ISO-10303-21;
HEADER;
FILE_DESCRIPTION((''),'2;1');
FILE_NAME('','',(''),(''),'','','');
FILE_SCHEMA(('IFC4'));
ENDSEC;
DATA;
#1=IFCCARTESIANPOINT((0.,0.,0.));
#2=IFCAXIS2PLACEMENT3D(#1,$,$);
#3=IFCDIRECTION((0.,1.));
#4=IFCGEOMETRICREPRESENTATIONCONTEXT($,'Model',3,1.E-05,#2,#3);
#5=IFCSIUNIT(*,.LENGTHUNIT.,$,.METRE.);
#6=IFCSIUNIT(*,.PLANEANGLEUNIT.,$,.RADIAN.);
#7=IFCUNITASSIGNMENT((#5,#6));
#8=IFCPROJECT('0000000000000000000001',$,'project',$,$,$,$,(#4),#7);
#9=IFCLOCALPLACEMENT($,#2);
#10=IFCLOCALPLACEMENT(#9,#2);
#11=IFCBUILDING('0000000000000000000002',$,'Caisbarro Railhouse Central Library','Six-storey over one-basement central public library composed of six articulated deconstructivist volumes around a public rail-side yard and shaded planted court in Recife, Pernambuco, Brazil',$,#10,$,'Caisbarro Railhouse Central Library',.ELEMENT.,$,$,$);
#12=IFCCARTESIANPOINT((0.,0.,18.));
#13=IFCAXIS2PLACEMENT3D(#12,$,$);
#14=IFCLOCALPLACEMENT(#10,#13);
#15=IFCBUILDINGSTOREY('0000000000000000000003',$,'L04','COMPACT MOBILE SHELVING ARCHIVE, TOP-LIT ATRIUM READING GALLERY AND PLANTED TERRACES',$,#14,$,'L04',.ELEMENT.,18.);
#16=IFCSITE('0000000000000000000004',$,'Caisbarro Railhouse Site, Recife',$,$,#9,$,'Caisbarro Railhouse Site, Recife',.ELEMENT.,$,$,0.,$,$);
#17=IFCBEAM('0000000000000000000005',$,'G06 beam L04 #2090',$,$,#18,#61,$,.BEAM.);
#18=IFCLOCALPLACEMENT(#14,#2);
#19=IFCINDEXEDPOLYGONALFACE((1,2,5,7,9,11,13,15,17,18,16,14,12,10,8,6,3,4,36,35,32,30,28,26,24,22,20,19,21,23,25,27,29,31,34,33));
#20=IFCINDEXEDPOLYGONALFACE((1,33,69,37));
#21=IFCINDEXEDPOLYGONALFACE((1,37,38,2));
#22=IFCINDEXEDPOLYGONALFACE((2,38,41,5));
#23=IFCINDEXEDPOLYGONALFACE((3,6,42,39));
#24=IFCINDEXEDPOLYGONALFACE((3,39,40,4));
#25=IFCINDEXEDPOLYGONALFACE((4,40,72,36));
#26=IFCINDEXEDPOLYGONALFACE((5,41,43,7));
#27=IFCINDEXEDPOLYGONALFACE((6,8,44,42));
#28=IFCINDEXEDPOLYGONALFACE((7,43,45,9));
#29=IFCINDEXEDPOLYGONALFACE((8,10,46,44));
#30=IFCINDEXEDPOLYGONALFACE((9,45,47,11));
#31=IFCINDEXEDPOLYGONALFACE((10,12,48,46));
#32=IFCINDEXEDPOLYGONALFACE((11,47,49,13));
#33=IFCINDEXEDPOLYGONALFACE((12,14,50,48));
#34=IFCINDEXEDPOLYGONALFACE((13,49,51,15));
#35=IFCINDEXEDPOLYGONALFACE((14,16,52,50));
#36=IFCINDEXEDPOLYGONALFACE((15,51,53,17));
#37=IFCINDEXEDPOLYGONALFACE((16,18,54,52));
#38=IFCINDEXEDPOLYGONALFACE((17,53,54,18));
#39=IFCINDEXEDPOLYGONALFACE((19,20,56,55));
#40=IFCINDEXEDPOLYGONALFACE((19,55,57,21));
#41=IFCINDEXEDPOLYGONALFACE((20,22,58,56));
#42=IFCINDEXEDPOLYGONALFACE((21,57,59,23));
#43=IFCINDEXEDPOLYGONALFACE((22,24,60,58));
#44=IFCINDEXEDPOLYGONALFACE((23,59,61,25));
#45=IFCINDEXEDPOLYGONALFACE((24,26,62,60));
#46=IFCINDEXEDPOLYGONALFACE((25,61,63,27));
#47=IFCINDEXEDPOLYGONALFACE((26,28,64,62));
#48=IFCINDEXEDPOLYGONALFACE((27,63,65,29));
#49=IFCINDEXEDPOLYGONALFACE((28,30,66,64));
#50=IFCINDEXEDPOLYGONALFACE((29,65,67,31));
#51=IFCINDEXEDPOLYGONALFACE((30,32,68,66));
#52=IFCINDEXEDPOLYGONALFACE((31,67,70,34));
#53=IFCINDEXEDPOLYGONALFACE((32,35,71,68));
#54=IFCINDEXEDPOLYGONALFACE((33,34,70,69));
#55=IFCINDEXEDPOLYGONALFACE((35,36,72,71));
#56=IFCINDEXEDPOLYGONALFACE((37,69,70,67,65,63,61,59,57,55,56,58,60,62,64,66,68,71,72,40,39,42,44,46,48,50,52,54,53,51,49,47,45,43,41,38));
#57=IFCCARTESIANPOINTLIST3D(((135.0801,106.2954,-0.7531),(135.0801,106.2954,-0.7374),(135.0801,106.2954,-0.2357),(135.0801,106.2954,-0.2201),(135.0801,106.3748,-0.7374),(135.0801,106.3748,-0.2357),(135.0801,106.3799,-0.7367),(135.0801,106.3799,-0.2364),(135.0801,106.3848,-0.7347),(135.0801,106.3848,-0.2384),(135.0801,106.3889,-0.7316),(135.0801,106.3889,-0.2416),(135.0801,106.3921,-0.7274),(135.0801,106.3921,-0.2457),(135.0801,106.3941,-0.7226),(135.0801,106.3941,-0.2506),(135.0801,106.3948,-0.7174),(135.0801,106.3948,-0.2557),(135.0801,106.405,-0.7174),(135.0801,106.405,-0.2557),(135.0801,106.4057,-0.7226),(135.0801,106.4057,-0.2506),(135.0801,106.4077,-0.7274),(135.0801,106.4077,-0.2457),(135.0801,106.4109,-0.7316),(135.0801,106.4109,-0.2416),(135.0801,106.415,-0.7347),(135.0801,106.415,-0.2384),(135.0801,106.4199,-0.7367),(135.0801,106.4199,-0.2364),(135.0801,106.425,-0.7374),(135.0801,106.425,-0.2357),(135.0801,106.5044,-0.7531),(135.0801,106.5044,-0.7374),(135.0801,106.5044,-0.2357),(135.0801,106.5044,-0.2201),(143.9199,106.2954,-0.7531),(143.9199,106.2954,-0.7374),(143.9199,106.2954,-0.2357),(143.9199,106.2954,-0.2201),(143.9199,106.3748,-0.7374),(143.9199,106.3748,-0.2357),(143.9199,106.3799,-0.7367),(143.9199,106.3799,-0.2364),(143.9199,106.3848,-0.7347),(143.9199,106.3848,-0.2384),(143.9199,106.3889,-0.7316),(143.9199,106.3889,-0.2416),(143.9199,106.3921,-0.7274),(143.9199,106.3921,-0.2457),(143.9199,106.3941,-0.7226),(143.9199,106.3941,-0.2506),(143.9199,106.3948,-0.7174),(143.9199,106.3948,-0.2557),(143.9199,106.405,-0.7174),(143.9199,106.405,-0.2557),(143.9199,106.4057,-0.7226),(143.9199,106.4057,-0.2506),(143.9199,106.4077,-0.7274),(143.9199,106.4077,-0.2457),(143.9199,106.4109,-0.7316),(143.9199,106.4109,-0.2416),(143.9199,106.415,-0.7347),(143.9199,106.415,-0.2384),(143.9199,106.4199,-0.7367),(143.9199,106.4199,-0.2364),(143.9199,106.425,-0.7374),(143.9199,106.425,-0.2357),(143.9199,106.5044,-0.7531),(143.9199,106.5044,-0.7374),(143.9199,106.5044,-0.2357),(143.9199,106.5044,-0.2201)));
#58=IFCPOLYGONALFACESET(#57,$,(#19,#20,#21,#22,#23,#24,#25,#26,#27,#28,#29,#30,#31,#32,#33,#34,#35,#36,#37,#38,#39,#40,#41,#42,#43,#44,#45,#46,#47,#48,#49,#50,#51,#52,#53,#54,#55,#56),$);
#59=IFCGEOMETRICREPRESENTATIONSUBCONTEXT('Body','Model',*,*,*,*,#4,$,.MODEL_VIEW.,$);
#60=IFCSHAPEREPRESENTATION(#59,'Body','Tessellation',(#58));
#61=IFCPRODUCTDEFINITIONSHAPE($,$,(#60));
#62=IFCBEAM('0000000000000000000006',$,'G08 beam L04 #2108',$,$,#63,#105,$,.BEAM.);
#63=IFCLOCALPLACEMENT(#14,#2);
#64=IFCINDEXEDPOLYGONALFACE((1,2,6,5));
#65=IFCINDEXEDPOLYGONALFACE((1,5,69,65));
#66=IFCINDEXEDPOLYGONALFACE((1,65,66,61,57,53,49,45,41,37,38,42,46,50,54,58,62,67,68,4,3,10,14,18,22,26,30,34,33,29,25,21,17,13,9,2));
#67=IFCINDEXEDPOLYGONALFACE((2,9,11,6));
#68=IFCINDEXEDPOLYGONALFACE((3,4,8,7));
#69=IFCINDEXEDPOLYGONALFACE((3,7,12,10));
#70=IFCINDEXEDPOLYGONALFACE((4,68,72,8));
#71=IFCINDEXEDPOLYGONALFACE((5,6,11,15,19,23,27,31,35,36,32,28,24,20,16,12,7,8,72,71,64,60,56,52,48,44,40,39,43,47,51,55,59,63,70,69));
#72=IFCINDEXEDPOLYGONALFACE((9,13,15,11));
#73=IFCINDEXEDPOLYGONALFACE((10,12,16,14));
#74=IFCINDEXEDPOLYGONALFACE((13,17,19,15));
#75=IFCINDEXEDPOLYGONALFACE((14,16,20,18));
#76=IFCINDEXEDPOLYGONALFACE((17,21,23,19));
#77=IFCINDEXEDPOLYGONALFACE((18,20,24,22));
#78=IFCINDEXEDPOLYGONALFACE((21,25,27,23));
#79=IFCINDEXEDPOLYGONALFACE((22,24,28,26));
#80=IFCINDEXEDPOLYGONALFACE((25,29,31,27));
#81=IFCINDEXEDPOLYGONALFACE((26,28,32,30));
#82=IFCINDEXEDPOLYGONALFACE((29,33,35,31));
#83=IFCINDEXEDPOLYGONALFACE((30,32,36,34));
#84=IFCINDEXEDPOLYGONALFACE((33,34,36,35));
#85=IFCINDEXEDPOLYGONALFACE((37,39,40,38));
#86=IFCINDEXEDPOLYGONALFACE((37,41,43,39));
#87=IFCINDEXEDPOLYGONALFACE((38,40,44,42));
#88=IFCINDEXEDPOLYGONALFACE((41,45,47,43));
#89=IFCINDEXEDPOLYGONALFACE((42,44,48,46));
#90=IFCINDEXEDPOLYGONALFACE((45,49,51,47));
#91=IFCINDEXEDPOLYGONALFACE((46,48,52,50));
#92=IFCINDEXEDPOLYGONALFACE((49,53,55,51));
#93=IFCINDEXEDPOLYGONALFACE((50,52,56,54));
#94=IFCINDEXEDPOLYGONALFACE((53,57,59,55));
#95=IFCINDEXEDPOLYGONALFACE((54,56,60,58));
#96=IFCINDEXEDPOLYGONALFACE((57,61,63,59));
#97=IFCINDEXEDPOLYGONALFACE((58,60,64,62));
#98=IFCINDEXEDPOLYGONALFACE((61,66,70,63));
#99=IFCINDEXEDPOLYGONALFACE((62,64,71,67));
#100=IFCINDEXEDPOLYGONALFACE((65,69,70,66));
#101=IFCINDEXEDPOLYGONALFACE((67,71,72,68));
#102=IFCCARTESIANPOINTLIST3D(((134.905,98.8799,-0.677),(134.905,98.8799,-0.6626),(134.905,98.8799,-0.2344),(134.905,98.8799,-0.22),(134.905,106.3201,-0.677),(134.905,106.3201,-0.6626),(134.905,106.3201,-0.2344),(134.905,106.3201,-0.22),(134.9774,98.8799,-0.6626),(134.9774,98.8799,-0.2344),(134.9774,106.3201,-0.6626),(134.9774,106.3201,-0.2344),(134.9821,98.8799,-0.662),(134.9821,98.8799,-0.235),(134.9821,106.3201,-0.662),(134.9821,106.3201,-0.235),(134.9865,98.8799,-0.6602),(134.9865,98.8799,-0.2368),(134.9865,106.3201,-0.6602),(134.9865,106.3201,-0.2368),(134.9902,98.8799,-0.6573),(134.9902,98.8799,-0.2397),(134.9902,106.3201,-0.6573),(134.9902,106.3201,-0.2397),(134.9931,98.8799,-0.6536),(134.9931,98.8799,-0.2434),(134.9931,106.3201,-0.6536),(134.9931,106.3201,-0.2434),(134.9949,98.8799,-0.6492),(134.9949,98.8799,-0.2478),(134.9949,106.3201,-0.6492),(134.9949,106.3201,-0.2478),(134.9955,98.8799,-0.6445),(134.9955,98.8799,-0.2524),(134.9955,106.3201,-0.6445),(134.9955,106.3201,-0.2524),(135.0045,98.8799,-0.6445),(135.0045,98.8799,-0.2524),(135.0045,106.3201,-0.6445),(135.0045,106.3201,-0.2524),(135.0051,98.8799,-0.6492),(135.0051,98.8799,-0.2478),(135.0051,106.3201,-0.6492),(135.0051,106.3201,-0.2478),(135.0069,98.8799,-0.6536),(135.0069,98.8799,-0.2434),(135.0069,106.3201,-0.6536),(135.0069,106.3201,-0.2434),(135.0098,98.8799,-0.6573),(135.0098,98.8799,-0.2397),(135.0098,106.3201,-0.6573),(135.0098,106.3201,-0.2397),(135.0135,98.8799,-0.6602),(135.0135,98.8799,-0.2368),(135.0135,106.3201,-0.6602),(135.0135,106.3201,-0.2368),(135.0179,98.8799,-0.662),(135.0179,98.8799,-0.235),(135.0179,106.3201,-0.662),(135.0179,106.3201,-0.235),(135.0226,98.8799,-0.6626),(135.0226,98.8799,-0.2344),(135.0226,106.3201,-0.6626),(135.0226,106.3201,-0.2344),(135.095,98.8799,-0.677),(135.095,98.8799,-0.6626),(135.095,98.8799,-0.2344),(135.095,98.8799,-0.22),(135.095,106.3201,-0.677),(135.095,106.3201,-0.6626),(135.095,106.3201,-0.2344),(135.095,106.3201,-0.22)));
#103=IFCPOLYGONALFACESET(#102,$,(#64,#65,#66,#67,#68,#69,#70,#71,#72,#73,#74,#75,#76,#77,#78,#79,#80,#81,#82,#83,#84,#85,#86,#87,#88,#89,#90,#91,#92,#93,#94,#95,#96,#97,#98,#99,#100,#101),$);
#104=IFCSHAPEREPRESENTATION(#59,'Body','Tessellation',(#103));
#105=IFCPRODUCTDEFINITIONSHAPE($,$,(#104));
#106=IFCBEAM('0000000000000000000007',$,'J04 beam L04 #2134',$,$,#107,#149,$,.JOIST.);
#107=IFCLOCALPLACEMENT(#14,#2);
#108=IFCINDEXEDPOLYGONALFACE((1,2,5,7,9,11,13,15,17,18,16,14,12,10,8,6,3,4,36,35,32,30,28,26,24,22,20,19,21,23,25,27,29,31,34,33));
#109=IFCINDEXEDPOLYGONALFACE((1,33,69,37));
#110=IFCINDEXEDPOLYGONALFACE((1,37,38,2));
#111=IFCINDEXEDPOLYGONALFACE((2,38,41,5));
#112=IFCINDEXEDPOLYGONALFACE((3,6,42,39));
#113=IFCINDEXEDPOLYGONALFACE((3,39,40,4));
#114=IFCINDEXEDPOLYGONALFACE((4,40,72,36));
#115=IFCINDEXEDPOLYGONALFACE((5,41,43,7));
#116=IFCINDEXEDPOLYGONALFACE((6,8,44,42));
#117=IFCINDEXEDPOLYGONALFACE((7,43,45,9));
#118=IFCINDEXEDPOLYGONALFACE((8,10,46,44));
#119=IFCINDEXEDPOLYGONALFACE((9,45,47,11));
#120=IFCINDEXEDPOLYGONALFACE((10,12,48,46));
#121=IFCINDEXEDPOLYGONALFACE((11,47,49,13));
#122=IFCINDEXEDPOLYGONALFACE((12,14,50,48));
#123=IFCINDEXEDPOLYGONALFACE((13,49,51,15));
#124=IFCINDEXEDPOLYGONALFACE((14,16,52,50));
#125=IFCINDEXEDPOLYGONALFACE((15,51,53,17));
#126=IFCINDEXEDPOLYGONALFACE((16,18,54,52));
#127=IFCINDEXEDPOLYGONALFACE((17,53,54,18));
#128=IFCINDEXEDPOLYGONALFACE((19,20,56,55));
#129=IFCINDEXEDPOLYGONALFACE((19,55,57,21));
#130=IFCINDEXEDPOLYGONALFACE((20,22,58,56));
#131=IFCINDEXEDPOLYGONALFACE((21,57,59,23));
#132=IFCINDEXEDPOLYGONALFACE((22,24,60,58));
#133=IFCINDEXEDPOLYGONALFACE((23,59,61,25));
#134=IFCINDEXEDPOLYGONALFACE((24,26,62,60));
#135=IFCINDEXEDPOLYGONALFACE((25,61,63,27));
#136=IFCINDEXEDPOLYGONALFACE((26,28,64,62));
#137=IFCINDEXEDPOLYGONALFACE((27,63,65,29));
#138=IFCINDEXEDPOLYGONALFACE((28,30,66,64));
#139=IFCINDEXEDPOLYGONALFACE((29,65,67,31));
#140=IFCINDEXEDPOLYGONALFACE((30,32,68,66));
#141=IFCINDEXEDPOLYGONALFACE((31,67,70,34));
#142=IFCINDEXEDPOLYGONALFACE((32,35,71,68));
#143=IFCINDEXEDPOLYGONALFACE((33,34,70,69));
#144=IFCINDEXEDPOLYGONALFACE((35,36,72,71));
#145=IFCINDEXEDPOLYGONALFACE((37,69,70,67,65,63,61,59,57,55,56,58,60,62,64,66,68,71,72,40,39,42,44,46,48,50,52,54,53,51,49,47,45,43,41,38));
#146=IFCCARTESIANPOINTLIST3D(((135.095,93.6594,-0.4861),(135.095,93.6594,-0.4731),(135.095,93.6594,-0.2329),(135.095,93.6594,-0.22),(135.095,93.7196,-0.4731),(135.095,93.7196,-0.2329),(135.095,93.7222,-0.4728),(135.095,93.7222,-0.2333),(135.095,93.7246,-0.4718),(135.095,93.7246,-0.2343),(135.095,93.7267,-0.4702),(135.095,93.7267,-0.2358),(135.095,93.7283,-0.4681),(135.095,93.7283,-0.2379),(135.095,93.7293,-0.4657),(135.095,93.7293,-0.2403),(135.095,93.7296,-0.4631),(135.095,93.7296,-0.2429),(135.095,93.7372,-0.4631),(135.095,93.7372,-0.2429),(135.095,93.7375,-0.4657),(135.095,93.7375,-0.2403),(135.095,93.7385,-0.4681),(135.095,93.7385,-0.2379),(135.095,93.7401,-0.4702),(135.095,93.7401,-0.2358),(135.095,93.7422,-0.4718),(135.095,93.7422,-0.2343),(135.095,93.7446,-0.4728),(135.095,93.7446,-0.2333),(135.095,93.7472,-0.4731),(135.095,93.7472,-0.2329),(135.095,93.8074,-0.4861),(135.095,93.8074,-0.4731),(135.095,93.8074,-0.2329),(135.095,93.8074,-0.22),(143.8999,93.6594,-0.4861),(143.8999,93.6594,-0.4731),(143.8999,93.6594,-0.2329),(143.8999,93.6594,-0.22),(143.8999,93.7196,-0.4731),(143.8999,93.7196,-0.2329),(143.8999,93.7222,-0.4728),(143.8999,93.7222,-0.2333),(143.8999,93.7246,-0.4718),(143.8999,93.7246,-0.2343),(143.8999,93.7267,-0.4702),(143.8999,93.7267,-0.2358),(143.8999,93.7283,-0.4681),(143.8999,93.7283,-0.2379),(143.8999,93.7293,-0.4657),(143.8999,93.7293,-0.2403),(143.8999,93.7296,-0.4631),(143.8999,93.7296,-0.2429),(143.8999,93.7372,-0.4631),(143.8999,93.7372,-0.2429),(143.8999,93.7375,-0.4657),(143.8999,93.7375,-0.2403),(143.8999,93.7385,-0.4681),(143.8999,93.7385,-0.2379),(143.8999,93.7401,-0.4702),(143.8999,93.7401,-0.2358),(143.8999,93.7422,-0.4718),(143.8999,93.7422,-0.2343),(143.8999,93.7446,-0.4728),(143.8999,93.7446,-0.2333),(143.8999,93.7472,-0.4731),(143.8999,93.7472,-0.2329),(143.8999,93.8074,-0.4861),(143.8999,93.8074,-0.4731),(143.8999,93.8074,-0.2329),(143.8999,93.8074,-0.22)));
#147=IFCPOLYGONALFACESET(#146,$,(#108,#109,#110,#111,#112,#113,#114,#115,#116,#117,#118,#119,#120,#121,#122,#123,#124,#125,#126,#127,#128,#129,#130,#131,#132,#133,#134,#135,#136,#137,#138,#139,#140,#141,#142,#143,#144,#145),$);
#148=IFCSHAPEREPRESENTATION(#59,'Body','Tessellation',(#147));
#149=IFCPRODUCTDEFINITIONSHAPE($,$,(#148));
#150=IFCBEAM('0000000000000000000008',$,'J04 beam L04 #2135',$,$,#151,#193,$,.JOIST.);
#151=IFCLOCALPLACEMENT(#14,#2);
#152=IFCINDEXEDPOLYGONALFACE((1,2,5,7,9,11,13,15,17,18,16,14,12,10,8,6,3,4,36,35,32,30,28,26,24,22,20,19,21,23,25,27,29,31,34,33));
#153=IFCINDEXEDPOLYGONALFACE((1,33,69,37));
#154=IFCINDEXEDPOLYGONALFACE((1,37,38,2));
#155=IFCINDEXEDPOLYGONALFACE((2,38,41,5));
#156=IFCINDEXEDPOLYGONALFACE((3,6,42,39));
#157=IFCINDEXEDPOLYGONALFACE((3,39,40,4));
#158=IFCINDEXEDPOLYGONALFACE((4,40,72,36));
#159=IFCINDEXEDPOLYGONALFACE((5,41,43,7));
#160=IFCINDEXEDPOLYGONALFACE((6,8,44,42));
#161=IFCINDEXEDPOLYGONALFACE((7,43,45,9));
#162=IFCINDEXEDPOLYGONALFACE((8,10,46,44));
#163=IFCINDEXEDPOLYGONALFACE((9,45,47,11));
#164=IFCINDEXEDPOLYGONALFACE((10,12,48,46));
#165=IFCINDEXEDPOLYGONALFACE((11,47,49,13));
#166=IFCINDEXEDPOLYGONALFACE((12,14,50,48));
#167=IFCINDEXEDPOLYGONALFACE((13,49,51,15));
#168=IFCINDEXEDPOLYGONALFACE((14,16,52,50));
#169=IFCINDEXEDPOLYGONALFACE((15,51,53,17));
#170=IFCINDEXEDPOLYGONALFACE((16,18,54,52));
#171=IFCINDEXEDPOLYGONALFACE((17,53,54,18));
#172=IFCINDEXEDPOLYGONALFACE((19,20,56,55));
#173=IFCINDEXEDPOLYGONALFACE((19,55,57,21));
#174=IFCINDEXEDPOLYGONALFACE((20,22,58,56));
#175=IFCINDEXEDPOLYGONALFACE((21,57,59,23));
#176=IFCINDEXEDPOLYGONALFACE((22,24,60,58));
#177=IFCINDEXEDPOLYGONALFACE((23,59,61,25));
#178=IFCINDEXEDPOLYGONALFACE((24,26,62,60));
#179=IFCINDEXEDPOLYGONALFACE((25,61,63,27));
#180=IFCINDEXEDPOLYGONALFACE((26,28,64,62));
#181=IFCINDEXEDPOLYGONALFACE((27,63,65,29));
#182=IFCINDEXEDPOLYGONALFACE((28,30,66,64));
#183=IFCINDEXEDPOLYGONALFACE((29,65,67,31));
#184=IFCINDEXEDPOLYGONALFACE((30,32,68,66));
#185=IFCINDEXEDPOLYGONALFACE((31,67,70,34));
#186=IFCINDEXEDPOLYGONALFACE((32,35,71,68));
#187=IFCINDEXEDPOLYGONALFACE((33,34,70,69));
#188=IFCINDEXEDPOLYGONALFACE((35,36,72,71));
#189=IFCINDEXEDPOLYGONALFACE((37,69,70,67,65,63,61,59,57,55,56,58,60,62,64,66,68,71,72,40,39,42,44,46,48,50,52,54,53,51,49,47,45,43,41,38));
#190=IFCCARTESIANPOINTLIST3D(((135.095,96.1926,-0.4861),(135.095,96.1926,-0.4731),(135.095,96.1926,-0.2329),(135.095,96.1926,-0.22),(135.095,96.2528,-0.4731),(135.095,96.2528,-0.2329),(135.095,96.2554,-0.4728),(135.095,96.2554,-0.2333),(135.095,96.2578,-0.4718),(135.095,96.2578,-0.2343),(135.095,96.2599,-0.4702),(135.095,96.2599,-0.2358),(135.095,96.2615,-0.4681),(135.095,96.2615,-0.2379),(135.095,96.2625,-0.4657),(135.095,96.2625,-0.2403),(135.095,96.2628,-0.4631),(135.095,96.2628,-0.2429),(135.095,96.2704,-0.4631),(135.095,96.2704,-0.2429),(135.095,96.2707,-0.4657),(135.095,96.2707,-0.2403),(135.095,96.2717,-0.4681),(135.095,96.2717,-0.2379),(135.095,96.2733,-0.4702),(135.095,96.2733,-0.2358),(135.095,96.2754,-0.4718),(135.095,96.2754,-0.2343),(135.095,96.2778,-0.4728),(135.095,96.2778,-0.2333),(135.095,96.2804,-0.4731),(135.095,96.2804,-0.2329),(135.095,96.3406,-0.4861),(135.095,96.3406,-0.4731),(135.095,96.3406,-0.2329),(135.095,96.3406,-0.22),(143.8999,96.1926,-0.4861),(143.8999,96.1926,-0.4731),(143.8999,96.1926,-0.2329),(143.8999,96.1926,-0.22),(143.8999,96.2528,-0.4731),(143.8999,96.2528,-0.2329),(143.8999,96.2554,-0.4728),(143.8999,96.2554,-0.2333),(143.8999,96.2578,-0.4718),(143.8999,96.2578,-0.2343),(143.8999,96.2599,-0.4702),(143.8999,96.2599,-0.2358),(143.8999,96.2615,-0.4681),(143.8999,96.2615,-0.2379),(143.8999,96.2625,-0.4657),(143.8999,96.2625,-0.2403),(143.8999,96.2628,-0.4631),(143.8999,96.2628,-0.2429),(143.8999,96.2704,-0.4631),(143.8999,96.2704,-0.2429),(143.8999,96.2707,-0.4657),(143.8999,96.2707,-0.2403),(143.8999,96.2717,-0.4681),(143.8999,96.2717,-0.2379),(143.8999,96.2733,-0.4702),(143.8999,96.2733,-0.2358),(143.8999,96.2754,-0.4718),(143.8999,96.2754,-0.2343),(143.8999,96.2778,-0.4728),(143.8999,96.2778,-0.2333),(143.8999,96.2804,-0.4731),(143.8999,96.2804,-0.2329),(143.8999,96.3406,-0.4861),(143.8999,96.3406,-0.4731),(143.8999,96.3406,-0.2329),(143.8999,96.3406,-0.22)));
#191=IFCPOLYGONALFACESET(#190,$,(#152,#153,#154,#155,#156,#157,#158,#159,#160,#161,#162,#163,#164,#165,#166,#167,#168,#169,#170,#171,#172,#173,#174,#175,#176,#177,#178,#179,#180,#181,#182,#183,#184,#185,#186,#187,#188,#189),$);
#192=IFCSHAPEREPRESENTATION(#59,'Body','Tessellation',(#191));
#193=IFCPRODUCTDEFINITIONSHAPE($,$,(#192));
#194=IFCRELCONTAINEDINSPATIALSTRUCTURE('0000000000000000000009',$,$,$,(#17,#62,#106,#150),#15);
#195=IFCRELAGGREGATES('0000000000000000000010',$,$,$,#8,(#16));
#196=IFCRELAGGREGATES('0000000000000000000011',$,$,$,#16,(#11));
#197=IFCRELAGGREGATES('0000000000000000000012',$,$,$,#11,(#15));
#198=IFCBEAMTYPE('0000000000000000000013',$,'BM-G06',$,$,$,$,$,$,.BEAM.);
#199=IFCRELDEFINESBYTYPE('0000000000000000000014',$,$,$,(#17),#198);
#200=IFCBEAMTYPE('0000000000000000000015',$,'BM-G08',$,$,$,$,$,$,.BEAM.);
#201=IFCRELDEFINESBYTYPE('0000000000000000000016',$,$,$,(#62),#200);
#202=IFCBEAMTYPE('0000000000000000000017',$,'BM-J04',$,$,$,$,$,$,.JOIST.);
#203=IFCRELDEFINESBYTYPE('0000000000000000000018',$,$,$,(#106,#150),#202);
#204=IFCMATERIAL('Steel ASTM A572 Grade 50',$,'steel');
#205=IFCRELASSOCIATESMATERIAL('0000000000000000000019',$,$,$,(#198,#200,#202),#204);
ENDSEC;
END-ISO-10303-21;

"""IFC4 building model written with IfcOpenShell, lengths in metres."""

from ifc_helpers import new_model, si_unit, direction, frame, origin, origin_2d, place, context, subcontext, project, spatial, i_section, extrude, material, material_profile, profile_set, type_object, element, save


model = new_model("IFC4")

# Units and contexts
model_context = context("Model", 3, precision=1e-05, world=origin(), true_north=direction((0.0, 1.0)))
body_context = subcontext(model_context, "Body", "Model", "MODEL_VIEW")
ifc_project = project(units=[si_unit("LENGTHUNIT", "METRE"), si_unit("PLANEANGLEUNIT", "RADIAN")], contexts=[model_context])

# Site, building, storey
site_placement = place(None, origin())
site = spatial("IfcSite", under=ifc_project, at=site_placement, Name="Caisbarro Railhouse Site, Recife", LongName="Caisbarro Railhouse Site, Recife", CompositionType="ELEMENT", RefElevation=0.0)
building_placement = place(site_placement, origin())
building = spatial("IfcBuilding", under=site, at=building_placement, Name="Caisbarro Railhouse Central Library", Description="Six-storey over one-basement central public library composed of six articulated deconstructivist volumes around a public rail-side yard and shaded planted court in Recife, Pernambuco, Brazil", LongName="Caisbarro Railhouse Central Library", CompositionType="ELEMENT")
storey_placement = place(building_placement, frame((0.0, 0.0, 18.0)))
storey = spatial("IfcBuildingStorey", under=building, at=storey_placement, Name="L04", Description="COMPACT MOBILE SHELVING ARCHIVE, TOP-LIT ATRIUM READING GALLERY AND PLANTED TERRACES", LongName="L04", CompositionType="ELEMENT", Elevation=18.0)

# Shared definitions
ifc_material_1 = material(Name="Steel ASTM A572 Grade 50", Category="steel")

# Beams
ifc_material_profile_1 = material_profile(ifc_material_1, i_section(OverallWidth=0.209, OverallDepth=0.533, WebThickness=0.0103, FlangeThickness=0.0156, FilletRadius=0.02, at=origin_2d()), Name="W530X92.0")
ifc_profile_set_1 = profile_set([ifc_material_profile_1], Name="Steel ASTM A572 Grade 50")
beam_type_1 = type_object("IfcBeamType", Name="BM-G06", PredefinedType="BEAM", material=ifc_profile_set_1)
for number, where, z_axis, x_axis, name in (
    (1, (135.0801, 106.3999, -0.4866), (1.0, 0.0, 0.0), (0.0, 1.0, 0.0), "G06 beam L04 #2090"),
):
    element("IfcBeam", number, at=place(storey_placement, frame(where, z_axis=z_axis, x_axis=x_axis)), inside=storey, type_object=beam_type_1, Name=name, PredefinedType="BEAM", context=body_context, shape_type="SweptSolid", body=[
        extrude(i_section(OverallWidth=0.209, OverallDepth=0.533, WebThickness=0.0103, FlangeThickness=0.0156, FilletRadius=0.02, at=origin_2d()), origin(), (0.0, 0.0, 1.0), 8.8398),
    ])
ifc_material_profile_2 = material_profile(ifc_material_1, i_section(OverallWidth=0.1899, OverallDepth=0.457, WebThickness=0.009, FlangeThickness=0.0144, FilletRadius=0.0181, at=origin_2d()), Name="W460X74.0")
ifc_profile_set_2 = profile_set([ifc_material_profile_2], Name="Steel ASTM A572 Grade 50")
beam_type_2 = type_object("IfcBeamType", Name="BM-G08", PredefinedType="BEAM", material=ifc_profile_set_2)
beam_placement = place(storey_placement, frame((135.0, 98.8799, -0.4485), z_axis=(0.0, 1.0, 0.0), x_axis=(-1.0, 0.0, 0.0)))
element("IfcBeam", 2, at=beam_placement, inside=storey, type_object=beam_type_2, Name="G08 beam L04 #2108", PredefinedType="BEAM", context=body_context, shape_type="SweptSolid", body=[
    extrude(i_section(OverallWidth=0.1899, OverallDepth=0.457, WebThickness=0.009, FlangeThickness=0.0144, FilletRadius=0.0181, at=origin_2d()), origin(), (0.0, 0.0, 1.0), 7.4402),
])
ifc_material_profile_3 = material_profile(ifc_material_1, i_section(OverallWidth=0.1479, OverallDepth=0.2661, WebThickness=0.0076, FlangeThickness=0.0129, FilletRadius=0.01, at=origin_2d()), Name="W250X44.8")
ifc_profile_set_3 = profile_set([ifc_material_profile_3], Name="Steel ASTM A572 Grade 50")
beam_type_3 = type_object("IfcBeamType", Name="BM-J04", PredefinedType="JOIST", material=ifc_profile_set_3)
for number, where, z_axis, x_axis, name in (
    (3, (135.095, 93.7334, -0.353), (1.0, 0.0, 0.0), (0.0, 1.0, 0.0), "J04 beam L04 #2134"),
    (4, (135.095, 96.2666, -0.353), (1.0, 0.0, 0.0), (0.0, 1.0, 0.0), "J04 beam L04 #2135"),
):
    element("IfcBeam", number, at=place(storey_placement, frame(where, z_axis=z_axis, x_axis=x_axis)), inside=storey, type_object=beam_type_3, Name=name, PredefinedType="JOIST", context=body_context, shape_type="SweptSolid", body=[
        extrude(i_section(OverallWidth=0.1479, OverallDepth=0.2661, WebThickness=0.0076, FlangeThickness=0.0129, FilletRadius=0.01, at=origin_2d()), origin(), (0.0, 0.0, 1.0), 8.8049),
    ])

save(model, "model.ifc")
